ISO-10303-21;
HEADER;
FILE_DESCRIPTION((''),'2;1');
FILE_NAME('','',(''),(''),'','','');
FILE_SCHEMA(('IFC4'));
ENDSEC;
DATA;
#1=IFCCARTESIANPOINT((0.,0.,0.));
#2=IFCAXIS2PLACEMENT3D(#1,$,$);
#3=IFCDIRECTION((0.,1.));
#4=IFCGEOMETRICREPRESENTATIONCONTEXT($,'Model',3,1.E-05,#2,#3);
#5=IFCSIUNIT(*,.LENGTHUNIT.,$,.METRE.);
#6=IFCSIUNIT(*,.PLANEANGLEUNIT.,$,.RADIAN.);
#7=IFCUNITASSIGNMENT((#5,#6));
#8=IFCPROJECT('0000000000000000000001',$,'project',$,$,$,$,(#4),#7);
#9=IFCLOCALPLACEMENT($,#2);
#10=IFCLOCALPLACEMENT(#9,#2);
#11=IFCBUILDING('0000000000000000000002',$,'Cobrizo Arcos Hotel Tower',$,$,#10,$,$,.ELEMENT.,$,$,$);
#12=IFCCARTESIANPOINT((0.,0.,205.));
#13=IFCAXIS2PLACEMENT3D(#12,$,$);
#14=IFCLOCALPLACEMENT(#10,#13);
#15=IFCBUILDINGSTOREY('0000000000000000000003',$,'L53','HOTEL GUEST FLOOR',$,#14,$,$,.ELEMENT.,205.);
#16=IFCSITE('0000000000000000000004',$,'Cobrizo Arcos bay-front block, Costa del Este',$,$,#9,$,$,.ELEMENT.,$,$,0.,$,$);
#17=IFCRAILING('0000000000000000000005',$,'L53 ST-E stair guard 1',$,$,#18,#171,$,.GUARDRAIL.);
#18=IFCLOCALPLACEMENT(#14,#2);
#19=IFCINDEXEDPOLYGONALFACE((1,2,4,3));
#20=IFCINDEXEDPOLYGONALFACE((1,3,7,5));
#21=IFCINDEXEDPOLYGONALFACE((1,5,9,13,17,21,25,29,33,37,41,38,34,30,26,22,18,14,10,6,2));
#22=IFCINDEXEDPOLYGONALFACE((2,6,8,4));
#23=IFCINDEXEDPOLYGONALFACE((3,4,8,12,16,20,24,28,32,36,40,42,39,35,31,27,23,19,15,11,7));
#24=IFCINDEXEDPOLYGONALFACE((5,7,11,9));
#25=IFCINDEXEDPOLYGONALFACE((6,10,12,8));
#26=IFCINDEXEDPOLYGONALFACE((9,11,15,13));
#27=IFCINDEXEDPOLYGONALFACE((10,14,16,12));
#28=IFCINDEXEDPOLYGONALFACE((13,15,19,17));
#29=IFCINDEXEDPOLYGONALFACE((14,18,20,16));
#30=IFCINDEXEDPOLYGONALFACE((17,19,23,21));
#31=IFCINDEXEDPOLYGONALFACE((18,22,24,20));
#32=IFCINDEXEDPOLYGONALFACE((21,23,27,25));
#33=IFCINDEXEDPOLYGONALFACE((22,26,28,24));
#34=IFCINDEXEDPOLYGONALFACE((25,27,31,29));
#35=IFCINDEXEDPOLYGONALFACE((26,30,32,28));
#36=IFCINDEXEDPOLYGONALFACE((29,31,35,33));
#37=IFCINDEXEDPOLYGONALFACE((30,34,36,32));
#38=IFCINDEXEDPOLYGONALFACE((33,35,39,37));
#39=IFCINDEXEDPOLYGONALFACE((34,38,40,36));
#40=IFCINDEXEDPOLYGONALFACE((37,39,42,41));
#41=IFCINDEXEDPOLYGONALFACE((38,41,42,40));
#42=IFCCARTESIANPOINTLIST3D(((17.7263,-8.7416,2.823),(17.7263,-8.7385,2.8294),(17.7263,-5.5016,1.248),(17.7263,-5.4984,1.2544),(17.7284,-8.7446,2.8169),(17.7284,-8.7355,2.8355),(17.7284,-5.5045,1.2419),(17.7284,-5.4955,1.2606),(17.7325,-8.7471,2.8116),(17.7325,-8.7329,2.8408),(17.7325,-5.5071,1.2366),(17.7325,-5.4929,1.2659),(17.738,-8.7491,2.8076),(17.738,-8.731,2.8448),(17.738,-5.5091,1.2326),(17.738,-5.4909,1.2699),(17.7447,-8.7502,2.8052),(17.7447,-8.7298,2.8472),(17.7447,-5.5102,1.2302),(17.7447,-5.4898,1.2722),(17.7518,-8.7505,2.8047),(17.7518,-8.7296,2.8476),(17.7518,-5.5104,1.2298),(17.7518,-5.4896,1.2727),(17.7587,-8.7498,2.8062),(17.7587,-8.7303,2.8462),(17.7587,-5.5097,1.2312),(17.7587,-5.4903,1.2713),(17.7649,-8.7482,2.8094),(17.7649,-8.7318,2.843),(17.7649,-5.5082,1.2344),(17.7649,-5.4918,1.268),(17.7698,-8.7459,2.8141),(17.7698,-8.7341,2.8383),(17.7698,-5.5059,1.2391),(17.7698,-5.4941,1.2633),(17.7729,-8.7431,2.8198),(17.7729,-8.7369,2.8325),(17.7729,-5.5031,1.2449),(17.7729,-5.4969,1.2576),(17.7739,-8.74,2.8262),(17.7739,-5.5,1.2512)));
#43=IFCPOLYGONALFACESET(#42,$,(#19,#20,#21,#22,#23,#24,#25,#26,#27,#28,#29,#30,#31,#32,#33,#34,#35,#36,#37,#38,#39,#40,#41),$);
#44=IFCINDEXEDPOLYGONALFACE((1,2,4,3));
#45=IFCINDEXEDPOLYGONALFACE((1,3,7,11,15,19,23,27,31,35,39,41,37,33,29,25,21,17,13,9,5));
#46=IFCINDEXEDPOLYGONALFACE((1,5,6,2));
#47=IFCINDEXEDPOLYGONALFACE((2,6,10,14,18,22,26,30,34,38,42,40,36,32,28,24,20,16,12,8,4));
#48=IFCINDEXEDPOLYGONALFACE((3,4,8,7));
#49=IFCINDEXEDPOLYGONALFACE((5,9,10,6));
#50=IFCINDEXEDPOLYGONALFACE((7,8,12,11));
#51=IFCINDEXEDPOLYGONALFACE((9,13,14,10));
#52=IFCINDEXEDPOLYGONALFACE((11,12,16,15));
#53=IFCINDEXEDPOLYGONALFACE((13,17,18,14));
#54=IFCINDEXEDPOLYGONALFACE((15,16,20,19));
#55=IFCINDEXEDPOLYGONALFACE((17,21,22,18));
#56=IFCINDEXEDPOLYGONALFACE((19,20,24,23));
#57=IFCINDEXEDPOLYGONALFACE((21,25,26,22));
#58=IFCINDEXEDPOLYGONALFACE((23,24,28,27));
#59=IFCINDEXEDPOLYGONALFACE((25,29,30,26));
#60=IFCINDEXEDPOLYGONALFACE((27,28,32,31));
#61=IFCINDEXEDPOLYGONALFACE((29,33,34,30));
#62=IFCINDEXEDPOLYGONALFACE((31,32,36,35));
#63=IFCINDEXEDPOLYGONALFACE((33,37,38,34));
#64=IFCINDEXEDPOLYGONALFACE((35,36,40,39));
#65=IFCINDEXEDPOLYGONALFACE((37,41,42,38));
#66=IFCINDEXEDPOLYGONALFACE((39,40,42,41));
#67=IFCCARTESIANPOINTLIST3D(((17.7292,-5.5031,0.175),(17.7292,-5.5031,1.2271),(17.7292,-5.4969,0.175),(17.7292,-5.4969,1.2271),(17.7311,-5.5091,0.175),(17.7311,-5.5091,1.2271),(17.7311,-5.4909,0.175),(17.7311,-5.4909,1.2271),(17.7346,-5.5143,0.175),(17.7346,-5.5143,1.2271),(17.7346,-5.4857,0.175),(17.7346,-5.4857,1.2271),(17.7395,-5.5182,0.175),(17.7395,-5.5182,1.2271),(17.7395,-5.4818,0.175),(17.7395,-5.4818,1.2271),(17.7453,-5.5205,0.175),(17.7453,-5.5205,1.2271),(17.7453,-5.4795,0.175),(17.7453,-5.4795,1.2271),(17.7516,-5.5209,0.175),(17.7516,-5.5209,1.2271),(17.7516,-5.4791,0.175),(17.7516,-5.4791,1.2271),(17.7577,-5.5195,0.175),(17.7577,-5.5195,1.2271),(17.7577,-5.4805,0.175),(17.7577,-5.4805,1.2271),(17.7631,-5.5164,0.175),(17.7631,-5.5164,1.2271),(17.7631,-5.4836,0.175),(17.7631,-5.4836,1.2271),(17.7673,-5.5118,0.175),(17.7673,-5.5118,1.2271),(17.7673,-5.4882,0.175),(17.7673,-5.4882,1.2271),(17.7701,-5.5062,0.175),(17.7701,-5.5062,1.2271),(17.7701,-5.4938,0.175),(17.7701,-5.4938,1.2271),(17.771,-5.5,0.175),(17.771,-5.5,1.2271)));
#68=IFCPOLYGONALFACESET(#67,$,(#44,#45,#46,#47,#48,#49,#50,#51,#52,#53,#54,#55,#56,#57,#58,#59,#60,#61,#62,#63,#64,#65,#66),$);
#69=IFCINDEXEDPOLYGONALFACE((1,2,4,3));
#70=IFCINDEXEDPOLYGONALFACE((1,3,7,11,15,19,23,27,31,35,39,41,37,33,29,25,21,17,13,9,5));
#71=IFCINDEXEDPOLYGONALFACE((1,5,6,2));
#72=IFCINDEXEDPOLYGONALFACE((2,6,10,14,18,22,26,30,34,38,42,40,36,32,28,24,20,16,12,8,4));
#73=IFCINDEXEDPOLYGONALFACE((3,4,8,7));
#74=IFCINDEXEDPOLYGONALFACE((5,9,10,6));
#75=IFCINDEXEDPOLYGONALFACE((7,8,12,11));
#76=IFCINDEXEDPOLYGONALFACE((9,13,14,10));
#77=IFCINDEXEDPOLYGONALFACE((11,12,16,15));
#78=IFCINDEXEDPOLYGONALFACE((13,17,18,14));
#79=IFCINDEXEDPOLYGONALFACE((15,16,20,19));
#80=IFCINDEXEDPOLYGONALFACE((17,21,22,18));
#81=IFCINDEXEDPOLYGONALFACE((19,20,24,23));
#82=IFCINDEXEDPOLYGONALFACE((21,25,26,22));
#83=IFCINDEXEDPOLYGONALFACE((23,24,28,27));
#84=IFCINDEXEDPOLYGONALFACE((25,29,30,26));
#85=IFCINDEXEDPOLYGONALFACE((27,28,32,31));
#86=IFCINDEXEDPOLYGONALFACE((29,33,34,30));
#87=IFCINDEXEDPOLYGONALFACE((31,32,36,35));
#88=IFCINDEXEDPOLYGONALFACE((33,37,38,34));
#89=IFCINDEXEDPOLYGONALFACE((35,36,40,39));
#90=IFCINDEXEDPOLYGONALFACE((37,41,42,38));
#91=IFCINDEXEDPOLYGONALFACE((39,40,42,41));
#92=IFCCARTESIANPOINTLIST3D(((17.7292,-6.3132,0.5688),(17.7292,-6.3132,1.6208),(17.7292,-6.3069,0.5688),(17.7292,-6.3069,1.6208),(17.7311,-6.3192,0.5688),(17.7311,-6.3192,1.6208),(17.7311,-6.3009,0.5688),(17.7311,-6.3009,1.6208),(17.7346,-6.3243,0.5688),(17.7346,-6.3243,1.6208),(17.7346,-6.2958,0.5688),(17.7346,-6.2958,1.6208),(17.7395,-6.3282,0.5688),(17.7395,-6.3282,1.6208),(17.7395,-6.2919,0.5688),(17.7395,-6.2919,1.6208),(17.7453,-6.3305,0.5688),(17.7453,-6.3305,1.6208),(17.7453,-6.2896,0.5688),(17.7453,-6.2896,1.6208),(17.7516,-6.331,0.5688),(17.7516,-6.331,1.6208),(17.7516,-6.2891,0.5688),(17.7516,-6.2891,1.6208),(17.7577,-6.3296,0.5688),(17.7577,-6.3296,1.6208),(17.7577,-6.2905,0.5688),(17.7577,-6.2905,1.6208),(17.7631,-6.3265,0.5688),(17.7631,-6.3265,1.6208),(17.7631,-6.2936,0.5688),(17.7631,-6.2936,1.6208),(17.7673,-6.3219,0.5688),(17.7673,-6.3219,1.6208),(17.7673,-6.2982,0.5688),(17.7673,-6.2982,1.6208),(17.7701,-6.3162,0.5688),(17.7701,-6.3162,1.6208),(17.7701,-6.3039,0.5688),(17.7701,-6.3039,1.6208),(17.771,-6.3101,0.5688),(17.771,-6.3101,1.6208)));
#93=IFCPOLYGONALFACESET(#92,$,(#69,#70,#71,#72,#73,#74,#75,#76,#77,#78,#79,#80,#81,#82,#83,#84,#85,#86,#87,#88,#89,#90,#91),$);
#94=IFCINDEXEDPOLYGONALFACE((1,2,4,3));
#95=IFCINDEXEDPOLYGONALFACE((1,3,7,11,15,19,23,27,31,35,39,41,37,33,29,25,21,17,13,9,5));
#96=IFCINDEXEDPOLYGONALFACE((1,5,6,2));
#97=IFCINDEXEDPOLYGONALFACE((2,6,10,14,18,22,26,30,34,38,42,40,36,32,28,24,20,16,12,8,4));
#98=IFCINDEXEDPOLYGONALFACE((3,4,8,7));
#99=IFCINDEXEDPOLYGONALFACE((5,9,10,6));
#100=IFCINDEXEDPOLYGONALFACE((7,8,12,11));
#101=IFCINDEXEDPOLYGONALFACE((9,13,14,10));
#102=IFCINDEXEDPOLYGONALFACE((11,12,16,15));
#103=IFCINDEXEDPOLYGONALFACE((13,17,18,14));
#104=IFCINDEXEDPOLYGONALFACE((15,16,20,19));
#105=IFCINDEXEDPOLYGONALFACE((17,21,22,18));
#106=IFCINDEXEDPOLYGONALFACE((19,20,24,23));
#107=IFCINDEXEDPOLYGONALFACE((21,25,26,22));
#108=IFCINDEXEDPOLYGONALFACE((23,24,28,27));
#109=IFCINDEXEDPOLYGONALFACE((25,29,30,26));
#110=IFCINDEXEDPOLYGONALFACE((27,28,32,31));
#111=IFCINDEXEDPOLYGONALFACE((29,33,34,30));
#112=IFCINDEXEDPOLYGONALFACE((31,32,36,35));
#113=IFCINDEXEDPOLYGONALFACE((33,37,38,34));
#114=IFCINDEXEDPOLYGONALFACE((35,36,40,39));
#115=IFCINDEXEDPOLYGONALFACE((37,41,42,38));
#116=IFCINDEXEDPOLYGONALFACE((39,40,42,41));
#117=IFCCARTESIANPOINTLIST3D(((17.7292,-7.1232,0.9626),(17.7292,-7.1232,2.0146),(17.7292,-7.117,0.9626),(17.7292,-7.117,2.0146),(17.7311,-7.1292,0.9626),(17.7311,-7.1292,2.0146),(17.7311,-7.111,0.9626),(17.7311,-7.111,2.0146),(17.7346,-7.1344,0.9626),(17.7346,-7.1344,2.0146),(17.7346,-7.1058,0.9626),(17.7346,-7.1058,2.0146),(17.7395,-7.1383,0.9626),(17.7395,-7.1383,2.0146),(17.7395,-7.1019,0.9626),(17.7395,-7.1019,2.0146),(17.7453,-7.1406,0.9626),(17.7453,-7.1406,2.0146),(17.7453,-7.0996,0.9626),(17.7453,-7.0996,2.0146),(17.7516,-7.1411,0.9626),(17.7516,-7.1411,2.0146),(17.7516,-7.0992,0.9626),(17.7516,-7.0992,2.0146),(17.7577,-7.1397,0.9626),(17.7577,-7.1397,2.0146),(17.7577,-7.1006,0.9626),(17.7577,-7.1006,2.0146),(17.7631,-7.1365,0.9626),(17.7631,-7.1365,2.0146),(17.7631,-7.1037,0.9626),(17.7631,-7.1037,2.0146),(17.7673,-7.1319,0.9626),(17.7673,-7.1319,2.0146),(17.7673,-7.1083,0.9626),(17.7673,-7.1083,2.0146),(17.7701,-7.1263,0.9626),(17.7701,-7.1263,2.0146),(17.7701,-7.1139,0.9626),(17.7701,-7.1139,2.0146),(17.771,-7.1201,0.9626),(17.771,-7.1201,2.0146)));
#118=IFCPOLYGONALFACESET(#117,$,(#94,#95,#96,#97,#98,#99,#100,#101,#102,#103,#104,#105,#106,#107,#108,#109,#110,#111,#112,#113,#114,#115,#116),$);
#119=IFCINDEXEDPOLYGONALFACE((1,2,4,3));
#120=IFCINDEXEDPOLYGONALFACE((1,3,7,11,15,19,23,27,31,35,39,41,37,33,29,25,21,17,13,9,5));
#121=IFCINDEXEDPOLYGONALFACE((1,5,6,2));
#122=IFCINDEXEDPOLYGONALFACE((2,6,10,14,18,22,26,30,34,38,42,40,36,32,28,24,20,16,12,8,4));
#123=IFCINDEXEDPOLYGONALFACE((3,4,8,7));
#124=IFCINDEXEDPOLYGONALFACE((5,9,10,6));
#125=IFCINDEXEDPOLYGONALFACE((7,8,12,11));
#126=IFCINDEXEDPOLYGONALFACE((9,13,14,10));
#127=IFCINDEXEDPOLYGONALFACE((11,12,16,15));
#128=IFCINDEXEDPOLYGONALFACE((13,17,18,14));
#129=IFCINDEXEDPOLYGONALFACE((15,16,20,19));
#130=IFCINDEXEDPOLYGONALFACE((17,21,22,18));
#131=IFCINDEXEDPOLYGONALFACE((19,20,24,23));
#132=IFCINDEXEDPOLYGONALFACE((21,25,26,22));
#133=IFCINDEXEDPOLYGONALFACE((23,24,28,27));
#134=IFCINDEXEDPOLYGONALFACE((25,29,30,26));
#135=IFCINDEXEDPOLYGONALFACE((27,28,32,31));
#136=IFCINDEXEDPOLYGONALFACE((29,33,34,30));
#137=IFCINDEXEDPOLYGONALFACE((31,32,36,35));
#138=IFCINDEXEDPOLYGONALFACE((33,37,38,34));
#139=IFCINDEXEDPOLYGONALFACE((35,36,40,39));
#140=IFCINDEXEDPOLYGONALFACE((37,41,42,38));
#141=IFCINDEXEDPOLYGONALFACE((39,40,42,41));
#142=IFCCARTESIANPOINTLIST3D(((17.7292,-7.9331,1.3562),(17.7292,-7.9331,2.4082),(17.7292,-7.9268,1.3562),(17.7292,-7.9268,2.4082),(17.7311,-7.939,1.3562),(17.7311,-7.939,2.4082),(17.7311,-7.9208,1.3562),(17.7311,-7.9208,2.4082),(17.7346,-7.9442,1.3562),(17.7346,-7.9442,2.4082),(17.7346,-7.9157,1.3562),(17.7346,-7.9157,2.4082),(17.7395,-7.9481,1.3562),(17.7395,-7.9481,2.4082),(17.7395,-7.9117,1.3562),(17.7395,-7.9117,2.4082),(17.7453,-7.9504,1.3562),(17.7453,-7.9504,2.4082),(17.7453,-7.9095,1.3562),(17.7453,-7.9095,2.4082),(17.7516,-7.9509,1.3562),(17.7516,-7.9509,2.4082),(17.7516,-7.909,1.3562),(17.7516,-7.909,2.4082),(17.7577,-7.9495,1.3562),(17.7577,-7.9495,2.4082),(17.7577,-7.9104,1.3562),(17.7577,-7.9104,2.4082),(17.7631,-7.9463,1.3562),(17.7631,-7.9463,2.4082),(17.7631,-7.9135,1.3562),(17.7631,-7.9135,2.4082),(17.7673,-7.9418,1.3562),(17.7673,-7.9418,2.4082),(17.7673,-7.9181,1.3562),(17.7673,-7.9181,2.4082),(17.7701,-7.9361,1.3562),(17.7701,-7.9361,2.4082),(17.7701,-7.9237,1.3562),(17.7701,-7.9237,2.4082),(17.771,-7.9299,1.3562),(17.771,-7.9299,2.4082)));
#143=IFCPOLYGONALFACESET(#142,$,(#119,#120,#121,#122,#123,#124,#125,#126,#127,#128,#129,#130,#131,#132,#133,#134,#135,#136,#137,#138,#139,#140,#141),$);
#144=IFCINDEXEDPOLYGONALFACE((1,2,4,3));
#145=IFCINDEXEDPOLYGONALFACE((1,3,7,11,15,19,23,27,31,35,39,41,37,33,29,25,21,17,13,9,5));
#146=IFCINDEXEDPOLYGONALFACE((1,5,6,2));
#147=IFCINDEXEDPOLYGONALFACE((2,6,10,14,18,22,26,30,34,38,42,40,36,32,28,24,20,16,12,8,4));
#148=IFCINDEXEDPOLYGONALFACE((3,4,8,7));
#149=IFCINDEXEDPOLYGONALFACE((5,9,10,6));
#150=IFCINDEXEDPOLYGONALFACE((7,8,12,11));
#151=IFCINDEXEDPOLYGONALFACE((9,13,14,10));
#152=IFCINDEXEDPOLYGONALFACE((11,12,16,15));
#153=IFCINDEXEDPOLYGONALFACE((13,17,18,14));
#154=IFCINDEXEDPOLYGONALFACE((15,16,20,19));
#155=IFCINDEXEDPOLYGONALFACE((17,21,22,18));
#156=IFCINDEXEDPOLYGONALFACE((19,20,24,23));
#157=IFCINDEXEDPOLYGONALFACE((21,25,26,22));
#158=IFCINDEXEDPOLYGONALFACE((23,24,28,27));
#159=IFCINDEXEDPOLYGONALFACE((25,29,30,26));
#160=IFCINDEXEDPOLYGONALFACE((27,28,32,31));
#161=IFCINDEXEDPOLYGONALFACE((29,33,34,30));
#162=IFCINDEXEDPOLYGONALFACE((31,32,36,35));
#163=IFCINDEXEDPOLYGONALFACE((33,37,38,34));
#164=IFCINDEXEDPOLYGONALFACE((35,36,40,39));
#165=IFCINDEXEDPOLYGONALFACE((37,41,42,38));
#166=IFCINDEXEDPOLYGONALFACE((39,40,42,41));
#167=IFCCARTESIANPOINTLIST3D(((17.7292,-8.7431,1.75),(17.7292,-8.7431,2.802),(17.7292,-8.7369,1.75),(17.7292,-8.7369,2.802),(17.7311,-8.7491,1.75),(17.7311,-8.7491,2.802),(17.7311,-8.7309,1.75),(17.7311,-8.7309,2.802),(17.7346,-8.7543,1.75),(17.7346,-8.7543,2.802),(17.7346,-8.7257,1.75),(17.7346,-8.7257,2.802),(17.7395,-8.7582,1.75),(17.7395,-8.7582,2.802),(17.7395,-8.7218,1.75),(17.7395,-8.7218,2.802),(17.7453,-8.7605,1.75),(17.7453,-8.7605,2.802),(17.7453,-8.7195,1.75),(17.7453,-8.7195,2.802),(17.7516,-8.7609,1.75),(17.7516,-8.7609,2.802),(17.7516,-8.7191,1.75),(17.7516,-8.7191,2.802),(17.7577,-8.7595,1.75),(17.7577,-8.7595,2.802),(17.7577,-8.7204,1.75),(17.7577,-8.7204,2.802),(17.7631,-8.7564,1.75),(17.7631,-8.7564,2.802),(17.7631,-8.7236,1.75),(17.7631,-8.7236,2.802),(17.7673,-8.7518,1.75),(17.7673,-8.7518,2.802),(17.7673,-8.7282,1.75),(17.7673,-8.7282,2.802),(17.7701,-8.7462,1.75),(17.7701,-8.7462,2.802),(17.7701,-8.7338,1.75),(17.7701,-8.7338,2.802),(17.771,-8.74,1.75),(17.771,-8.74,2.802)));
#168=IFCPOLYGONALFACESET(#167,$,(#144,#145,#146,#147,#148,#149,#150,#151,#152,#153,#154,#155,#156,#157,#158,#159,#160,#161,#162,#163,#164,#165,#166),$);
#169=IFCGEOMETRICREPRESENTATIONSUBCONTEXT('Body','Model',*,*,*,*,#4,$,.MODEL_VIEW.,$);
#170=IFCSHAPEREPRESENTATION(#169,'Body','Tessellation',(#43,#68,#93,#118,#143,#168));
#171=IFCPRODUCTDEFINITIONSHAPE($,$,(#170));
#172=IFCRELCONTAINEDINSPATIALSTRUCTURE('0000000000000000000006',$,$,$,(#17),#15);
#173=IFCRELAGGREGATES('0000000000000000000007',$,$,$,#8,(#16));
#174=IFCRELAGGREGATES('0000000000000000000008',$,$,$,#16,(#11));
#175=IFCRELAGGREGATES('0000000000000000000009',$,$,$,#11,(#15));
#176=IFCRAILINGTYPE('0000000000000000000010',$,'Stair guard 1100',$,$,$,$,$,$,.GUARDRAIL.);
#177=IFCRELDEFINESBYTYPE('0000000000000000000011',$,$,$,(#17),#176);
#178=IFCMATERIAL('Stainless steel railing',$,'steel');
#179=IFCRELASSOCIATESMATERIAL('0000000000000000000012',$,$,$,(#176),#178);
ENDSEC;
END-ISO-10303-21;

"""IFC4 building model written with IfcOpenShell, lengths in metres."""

from ifc_helpers import new_model, si_unit, direction, frame, origin, origin_2d, place, context, subcontext, project, spatial, circle, extrude, material, type_object, element, save


model = new_model("IFC4")

# Units and contexts
model_context = context("Model", 3, precision=1e-05, world=origin(), true_north=direction((0.0, 1.0)))
body_context = subcontext(model_context, "Body", "Model", "MODEL_VIEW")
ifc_project = project(units=[si_unit("LENGTHUNIT", "METRE"), si_unit("PLANEANGLEUNIT", "RADIAN")], contexts=[model_context])

# Site, building, storey
site_placement = place(None, origin())
site = spatial("IfcSite", under=ifc_project, at=site_placement, Name="Cobrizo Arcos bay-front block, Costa del Este", CompositionType="ELEMENT", RefElevation=0.0)
building_placement = place(site_placement, origin())
building = spatial("IfcBuilding", under=site, at=building_placement, Name="Cobrizo Arcos Hotel Tower", CompositionType="ELEMENT")
storey_placement = place(building_placement, frame((0.0, 0.0, 205.0)))
storey = spatial("IfcBuildingStorey", under=building, at=storey_placement, Name="L53", Description="HOTEL GUEST FLOOR", CompositionType="ELEMENT", Elevation=205.0)

# Railing
ifc_material_1 = material(Name="Stainless steel railing", Category="steel")
railing_type_1 = type_object("IfcRailingType", Name="Stair guard 1100", PredefinedType="GUARDRAIL", material=ifc_material_1)
railing_1_placement = place(storey_placement, frame((17.75, -5.5, 0.175)))
element("IfcRailing", 1, at=railing_1_placement, inside=storey, type_object=railing_type_1, Name="L53 ST-E stair guard 1", PredefinedType="GUARDRAIL", context=body_context, shape_type="SweptSolid", body=[
    extrude(circle(Radius=0.0239, at=origin_2d()), frame((0.0, 0.0, 1.0762), z_axis=(0.0, -0.899373, 0.437183), x_axis=(1.0, 0.0, 0.0)), (0.0, 0.0, 1.0), 3.6025),
    extrude(circle(Radius=0.021, at=origin_2d()), origin(), (0.0, 0.0, 1.0), 1.052),
    extrude(circle(Radius=0.021, at=origin_2d()), frame((0.0, -0.8101, 0.3938)), (0.0, 0.0, 1.0), 1.052),
    extrude(circle(Radius=0.021, at=origin_2d()), frame((0.0, -1.6201, 0.7876)), (0.0, 0.0, 1.0), 1.052),
    extrude(circle(Radius=0.021, at=origin_2d()), frame((0.0, -2.4299, 1.1812)), (0.0, 0.0, 1.0), 1.052),
    extrude(circle(Radius=0.021, at=origin_2d()), frame((0.0, -3.24, 1.575)), (0.0, 0.0, 1.0), 1.052),
])

save(model, "model.ifc")
